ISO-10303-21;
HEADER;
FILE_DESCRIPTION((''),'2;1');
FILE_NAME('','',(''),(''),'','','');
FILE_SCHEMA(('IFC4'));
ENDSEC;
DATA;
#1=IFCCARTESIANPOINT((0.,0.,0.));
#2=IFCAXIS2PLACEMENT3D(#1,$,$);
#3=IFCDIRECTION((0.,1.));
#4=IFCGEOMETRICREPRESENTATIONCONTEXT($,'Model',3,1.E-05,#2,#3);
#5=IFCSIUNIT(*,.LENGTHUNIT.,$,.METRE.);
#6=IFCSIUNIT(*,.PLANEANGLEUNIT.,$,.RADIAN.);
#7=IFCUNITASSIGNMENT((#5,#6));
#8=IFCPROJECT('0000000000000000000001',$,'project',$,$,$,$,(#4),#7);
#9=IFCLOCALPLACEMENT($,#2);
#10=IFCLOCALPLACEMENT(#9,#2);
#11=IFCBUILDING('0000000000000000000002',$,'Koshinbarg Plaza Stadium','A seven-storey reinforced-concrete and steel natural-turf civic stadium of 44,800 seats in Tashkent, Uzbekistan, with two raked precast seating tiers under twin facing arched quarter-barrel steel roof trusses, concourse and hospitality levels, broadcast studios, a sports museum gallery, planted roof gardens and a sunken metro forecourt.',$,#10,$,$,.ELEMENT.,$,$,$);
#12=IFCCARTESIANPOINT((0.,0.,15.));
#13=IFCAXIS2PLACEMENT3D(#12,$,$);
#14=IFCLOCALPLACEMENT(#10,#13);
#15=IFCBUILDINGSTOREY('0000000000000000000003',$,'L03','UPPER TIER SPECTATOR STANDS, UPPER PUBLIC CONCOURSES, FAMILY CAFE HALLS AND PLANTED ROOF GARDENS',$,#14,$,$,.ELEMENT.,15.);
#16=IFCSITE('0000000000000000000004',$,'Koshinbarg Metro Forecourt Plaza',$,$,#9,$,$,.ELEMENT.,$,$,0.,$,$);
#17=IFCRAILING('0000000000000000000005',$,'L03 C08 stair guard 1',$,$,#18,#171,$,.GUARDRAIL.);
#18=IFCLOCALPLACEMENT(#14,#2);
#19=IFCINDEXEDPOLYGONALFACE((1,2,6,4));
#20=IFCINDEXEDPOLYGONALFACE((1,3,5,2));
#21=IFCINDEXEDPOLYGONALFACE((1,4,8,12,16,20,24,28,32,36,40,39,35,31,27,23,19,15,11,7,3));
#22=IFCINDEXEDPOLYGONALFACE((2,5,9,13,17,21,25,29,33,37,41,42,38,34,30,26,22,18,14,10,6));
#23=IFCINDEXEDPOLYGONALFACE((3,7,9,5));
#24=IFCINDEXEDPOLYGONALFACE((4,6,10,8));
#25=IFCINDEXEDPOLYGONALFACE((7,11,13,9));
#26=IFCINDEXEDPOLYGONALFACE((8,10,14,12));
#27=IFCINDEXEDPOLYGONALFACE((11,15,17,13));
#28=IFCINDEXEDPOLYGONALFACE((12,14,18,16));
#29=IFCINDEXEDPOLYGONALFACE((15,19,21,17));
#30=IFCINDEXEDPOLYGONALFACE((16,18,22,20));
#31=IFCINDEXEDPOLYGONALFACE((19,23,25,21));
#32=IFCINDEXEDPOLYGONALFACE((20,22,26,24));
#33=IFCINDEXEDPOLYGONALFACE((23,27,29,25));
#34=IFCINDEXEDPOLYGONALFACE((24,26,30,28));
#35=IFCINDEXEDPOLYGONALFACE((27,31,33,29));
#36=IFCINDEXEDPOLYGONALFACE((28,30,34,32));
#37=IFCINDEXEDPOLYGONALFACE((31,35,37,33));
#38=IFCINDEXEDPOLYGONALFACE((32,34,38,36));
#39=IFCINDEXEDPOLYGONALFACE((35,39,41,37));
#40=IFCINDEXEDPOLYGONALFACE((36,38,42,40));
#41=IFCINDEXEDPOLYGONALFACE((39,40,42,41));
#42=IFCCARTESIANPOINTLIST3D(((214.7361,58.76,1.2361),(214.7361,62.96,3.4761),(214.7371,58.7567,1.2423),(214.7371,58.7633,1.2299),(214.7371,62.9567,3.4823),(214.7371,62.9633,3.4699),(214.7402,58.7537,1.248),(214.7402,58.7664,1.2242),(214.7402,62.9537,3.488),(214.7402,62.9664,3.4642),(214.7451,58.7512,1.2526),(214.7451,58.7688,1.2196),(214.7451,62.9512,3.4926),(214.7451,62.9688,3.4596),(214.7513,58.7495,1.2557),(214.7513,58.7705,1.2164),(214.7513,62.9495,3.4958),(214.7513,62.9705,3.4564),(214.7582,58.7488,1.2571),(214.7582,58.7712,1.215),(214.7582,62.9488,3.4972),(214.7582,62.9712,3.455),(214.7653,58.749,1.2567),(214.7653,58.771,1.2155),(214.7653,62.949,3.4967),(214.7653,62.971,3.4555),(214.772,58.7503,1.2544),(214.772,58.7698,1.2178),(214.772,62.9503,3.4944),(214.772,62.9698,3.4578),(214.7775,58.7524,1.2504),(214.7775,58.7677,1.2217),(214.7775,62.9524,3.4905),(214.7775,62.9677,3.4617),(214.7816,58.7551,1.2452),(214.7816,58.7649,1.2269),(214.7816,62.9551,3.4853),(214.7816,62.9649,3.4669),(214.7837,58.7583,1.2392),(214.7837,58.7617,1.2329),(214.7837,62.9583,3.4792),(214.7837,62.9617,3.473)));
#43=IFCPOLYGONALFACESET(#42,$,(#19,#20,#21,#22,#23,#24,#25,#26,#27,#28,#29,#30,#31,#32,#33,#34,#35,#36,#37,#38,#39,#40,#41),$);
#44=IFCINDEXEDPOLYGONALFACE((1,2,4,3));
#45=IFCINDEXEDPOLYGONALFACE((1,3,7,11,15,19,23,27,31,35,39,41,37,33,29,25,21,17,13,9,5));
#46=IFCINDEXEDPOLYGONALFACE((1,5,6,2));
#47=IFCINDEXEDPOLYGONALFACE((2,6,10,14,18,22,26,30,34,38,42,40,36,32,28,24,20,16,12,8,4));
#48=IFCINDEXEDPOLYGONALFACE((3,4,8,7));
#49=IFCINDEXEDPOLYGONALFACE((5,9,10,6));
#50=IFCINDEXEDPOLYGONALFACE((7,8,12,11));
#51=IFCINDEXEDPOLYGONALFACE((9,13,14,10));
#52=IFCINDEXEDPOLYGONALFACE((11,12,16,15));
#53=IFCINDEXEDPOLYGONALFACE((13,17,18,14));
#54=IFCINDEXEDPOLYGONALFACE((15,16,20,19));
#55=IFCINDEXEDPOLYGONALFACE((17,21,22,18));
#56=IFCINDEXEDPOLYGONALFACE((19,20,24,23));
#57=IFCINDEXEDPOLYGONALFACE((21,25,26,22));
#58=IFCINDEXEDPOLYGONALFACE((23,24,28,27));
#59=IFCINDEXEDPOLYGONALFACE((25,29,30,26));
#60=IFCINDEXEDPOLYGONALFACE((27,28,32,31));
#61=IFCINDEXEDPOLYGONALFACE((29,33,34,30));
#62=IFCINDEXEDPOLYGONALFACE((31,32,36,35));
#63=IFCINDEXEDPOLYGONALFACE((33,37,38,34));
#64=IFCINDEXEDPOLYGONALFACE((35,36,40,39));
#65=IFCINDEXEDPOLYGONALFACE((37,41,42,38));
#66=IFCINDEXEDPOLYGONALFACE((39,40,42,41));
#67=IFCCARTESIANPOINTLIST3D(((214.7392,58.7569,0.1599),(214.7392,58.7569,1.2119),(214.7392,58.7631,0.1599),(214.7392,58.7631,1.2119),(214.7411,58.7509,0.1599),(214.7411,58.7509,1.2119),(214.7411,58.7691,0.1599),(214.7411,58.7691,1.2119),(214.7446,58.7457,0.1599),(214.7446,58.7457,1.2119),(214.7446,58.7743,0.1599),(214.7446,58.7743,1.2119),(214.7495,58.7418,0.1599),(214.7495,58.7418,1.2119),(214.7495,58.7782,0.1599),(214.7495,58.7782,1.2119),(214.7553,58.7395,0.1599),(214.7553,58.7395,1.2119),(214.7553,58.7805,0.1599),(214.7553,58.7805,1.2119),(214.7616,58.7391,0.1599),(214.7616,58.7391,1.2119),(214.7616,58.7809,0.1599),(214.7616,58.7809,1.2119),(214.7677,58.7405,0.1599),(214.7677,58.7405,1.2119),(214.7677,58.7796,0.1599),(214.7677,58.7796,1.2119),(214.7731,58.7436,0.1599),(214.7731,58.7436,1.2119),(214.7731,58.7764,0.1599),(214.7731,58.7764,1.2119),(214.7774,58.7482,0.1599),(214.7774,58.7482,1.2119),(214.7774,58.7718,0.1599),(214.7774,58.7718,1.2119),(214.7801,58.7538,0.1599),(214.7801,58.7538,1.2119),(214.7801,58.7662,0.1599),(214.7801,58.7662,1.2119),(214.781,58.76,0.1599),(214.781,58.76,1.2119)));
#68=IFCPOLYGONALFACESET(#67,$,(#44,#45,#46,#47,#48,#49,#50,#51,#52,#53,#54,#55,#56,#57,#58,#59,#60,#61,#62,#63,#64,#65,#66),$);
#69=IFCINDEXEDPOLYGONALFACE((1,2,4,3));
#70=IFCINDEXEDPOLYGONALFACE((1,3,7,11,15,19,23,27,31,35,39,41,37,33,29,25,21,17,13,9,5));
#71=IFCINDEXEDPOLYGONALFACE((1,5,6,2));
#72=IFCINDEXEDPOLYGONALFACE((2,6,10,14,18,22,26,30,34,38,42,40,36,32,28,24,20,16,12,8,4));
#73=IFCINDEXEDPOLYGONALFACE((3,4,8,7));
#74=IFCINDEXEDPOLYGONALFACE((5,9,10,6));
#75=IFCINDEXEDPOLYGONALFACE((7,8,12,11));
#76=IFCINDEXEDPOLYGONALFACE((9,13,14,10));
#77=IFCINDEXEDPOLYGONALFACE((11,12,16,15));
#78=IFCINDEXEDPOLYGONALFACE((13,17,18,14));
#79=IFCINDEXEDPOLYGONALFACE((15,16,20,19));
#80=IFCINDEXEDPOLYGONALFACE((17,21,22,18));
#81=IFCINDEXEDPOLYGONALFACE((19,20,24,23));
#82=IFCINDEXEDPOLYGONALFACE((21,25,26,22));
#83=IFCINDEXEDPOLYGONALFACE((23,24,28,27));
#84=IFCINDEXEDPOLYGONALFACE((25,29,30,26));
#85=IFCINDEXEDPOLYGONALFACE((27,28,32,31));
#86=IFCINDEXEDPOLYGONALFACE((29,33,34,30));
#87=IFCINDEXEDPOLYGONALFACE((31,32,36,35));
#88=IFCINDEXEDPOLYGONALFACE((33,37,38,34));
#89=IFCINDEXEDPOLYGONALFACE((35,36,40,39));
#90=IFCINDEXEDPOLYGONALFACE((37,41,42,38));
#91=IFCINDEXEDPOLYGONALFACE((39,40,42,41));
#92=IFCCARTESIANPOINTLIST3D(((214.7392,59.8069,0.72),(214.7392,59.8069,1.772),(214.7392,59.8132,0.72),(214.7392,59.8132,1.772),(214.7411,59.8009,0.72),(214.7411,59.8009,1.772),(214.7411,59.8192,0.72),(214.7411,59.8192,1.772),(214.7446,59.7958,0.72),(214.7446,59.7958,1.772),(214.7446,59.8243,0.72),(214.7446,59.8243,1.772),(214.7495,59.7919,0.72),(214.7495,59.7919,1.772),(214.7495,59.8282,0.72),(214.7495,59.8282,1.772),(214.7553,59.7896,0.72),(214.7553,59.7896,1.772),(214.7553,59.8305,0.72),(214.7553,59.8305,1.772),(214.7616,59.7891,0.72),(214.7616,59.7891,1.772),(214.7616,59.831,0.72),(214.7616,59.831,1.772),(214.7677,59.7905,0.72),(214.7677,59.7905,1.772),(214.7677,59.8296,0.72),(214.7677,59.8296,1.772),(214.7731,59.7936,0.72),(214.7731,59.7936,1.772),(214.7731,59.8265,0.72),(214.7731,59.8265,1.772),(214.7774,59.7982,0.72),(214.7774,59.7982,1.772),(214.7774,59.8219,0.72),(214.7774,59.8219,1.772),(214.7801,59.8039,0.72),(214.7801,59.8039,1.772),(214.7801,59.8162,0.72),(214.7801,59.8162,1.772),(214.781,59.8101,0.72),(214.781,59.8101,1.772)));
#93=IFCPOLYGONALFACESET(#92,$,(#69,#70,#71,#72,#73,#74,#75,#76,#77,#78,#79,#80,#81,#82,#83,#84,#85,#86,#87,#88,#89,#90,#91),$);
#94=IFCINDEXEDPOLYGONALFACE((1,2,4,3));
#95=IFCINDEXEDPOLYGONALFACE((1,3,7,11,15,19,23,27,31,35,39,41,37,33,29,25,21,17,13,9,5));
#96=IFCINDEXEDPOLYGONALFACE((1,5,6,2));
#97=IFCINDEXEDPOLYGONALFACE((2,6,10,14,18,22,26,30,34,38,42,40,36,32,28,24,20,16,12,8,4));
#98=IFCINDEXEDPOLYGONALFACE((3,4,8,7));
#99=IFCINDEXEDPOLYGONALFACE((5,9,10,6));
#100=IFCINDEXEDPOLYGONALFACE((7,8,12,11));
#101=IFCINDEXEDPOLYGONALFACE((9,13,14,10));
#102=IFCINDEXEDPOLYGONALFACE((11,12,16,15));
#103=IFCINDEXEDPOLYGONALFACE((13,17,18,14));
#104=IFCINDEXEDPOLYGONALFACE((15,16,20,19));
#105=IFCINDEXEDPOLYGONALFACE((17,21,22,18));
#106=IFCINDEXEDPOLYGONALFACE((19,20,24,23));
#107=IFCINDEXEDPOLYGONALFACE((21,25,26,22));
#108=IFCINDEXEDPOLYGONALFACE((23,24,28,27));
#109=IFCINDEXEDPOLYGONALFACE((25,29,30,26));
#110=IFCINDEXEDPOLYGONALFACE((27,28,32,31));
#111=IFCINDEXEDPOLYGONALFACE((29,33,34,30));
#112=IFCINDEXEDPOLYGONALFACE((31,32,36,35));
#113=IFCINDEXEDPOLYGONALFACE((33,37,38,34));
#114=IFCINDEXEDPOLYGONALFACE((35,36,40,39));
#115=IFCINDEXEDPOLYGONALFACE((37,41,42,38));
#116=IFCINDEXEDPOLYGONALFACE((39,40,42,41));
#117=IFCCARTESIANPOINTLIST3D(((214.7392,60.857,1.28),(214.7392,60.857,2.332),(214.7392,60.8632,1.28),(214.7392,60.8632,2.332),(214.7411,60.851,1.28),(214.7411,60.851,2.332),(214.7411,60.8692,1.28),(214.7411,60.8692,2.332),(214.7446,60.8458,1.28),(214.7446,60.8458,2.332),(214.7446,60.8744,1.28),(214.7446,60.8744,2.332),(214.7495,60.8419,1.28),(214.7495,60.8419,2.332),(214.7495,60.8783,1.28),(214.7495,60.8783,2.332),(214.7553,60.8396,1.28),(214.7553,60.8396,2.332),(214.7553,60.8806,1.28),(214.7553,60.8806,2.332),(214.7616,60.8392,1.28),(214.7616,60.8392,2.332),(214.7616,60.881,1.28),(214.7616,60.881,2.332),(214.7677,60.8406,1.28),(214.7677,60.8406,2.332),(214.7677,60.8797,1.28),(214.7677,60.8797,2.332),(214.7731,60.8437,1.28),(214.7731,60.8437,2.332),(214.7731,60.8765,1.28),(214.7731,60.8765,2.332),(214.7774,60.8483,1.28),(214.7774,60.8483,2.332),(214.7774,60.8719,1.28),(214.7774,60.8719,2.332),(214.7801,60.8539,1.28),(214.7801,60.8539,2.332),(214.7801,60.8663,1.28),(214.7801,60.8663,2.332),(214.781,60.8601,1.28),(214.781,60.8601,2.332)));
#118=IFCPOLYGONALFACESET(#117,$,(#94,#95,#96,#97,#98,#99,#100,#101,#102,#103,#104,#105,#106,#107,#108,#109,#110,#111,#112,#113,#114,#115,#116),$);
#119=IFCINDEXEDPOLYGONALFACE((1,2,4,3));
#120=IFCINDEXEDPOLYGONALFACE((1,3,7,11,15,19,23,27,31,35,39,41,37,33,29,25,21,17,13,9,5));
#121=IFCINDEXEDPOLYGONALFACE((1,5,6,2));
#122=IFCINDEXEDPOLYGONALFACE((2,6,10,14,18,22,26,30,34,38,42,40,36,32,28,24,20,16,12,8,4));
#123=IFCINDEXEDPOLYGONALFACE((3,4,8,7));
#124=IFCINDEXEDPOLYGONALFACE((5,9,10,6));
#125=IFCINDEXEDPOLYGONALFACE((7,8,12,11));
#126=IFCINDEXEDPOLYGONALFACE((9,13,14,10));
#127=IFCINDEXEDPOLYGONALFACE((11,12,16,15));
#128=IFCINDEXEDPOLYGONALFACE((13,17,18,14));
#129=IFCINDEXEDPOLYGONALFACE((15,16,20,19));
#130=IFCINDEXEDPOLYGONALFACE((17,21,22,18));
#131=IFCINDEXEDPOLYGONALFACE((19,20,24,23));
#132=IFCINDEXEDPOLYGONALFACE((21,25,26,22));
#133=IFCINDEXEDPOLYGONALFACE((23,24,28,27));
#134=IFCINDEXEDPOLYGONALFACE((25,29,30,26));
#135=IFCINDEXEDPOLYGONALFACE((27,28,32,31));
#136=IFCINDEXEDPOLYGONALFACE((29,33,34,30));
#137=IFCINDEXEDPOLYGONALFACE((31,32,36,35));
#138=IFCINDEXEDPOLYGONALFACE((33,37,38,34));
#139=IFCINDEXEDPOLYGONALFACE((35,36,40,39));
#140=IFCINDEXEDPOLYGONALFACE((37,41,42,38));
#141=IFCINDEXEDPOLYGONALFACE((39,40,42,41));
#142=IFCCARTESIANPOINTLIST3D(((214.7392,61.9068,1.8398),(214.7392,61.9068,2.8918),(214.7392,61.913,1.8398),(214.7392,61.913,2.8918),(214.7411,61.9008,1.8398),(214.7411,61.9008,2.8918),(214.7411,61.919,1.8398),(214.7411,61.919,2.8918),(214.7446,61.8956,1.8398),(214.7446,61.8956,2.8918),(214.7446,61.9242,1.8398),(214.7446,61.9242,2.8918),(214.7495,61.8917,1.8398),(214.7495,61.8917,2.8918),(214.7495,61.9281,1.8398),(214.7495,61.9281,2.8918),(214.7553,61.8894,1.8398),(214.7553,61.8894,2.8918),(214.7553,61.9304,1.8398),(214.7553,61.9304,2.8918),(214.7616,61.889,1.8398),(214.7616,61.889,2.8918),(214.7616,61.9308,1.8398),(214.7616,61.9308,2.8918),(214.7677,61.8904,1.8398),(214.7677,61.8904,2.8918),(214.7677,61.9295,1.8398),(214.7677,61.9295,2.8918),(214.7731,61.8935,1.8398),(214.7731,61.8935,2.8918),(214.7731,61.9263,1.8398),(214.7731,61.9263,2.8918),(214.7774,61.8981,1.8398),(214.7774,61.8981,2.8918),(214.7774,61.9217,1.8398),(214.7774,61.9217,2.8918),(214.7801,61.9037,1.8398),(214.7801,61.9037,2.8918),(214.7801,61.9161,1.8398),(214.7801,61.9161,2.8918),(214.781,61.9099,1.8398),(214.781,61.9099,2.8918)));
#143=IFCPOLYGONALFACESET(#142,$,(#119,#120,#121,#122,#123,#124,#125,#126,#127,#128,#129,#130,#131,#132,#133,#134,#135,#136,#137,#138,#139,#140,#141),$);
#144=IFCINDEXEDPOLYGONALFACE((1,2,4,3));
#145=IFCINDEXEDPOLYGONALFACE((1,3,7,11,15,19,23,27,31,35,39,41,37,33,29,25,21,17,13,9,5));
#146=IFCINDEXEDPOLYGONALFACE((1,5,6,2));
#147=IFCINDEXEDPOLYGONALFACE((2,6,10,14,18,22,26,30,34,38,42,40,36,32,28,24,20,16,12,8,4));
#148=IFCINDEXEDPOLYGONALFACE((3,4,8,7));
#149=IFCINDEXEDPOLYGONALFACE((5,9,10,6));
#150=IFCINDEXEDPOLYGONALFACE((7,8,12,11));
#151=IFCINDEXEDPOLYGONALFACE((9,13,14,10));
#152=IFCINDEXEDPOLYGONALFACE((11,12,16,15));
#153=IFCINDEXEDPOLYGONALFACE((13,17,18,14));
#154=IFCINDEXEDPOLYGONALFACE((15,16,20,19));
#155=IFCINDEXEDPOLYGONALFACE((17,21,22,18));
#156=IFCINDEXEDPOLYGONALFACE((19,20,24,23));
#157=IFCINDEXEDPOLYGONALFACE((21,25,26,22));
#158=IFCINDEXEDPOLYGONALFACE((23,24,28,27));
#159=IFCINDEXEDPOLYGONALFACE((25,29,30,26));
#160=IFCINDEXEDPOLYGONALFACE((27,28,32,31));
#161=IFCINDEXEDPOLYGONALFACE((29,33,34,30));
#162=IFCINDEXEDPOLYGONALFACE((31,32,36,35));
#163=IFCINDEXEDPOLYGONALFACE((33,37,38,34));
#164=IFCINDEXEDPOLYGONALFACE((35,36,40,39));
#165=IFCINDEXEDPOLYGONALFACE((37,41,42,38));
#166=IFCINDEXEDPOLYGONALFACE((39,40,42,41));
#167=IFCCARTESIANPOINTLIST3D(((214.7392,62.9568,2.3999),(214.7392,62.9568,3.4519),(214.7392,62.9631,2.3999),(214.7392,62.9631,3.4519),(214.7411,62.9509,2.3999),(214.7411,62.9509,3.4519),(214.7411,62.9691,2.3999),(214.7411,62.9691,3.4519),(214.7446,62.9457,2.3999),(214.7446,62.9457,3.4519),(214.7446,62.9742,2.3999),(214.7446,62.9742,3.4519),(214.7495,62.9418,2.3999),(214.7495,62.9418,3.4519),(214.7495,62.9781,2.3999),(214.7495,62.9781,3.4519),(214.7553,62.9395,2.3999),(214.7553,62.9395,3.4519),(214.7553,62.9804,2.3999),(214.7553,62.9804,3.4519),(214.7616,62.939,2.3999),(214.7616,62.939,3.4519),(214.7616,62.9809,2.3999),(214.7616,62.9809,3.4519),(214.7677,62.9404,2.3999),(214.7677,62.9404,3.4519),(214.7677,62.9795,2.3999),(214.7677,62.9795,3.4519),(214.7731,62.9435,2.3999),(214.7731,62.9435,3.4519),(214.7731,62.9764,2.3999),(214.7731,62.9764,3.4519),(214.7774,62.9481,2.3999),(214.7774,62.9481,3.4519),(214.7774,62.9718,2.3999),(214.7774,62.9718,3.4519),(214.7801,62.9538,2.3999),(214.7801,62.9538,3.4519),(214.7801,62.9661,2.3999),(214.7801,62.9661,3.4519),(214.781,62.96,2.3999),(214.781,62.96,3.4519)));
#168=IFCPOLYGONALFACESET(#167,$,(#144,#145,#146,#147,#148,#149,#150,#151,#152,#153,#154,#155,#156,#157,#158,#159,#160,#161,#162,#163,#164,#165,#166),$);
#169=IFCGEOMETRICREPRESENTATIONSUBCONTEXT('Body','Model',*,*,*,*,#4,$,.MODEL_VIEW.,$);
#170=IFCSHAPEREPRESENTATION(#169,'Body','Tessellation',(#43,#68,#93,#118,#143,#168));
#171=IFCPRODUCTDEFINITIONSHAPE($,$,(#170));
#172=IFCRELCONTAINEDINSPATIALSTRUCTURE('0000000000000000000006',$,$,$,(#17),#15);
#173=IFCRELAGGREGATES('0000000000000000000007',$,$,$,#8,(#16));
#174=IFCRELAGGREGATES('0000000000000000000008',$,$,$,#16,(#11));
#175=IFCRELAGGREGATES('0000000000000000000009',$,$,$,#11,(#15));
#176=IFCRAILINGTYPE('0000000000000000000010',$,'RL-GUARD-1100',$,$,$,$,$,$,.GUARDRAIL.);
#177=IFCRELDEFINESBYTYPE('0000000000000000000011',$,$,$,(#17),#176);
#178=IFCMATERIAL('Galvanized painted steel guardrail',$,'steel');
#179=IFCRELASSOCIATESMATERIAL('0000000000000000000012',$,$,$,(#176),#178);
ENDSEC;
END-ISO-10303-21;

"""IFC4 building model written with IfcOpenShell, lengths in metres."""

from ifc_helpers import new_model, si_unit, direction, frame, origin, origin_2d, place, context, subcontext, project, spatial, circle, extrude, material, type_object, element, save


model = new_model("IFC4")

# Units and contexts
model_context = context("Model", 3, precision=1e-05, world=origin(), true_north=direction((0.0, 1.0)))
body_context = subcontext(model_context, "Body", "Model", "MODEL_VIEW")
ifc_project = project(units=[si_unit("LENGTHUNIT", "METRE"), si_unit("PLANEANGLEUNIT", "RADIAN")], contexts=[model_context])

# Site, building, storey
site_placement = place(None, origin())
site = spatial("IfcSite", under=ifc_project, at=site_placement, Name="Koshinbarg Metro Forecourt Plaza", CompositionType="ELEMENT", RefElevation=0.0)
building_placement = place(site_placement, origin())
building = spatial("IfcBuilding", under=site, at=building_placement, Name="Koshinbarg Plaza Stadium", Description="A seven-storey reinforced-concrete and steel natural-turf civic stadium of 44,800 seats in Tashkent, Uzbekistan, with two raked precast seating tiers under twin facing arched quarter-barrel steel roof trusses, concourse and hospitality levels, broadcast studios, a sports museum gallery, planted roof gardens and a sunken metro forecourt.", CompositionType="ELEMENT")
storey_placement = place(building_placement, frame((0.0, 0.0, 15.0)))
storey = spatial("IfcBuildingStorey", under=building, at=storey_placement, Name="L03", Description="UPPER TIER SPECTATOR STANDS, UPPER PUBLIC CONCOURSES, FAMILY CAFE HALLS AND PLANTED ROOF GARDENS", CompositionType="ELEMENT", Elevation=15.0)

# Railing
ifc_material_1 = material(Name="Galvanized painted steel guardrail", Category="steel")
railing_type_1 = type_object("IfcRailingType", Name="RL-GUARD-1100", PredefinedType="GUARDRAIL", material=ifc_material_1)
railing_1_placement = place(storey_placement, frame((214.76, 58.76, 0.1599)))
element("IfcRailing", 1, at=railing_1_placement, inside=storey, type_object=railing_type_1, Name="L03 C08 stair guard 1", PredefinedType="GUARDRAIL", context=body_context, shape_type="SweptSolid", body=[
    extrude(circle(Radius=0.0239, at=origin_2d()), frame((0.0, 0.0, 1.0762), z_axis=(0.0, 0.882352, 0.470591), x_axis=(-1.0, 0.0, 0.0)), (0.0, 0.0, 1.0), 4.76),
    extrude(circle(Radius=0.021, at=origin_2d()), origin(), (0.0, 0.0, 1.0), 1.052),
    extrude(circle(Radius=0.021, at=origin_2d()), frame((0.0, 1.05, 0.5601)), (0.0, 0.0, 1.0), 1.052),
    extrude(circle(Radius=0.021, at=origin_2d()), frame((0.0, 2.1001, 1.1201)), (0.0, 0.0, 1.0), 1.052),
    extrude(circle(Radius=0.021, at=origin_2d()), frame((0.0, 3.1499, 1.6799)), (0.0, 0.0, 1.0), 1.052),
    extrude(circle(Radius=0.021, at=origin_2d()), frame((0.0, 4.2, 2.24)), (0.0, 0.0, 1.0), 1.052),
])

save(model, "model.ifc")
